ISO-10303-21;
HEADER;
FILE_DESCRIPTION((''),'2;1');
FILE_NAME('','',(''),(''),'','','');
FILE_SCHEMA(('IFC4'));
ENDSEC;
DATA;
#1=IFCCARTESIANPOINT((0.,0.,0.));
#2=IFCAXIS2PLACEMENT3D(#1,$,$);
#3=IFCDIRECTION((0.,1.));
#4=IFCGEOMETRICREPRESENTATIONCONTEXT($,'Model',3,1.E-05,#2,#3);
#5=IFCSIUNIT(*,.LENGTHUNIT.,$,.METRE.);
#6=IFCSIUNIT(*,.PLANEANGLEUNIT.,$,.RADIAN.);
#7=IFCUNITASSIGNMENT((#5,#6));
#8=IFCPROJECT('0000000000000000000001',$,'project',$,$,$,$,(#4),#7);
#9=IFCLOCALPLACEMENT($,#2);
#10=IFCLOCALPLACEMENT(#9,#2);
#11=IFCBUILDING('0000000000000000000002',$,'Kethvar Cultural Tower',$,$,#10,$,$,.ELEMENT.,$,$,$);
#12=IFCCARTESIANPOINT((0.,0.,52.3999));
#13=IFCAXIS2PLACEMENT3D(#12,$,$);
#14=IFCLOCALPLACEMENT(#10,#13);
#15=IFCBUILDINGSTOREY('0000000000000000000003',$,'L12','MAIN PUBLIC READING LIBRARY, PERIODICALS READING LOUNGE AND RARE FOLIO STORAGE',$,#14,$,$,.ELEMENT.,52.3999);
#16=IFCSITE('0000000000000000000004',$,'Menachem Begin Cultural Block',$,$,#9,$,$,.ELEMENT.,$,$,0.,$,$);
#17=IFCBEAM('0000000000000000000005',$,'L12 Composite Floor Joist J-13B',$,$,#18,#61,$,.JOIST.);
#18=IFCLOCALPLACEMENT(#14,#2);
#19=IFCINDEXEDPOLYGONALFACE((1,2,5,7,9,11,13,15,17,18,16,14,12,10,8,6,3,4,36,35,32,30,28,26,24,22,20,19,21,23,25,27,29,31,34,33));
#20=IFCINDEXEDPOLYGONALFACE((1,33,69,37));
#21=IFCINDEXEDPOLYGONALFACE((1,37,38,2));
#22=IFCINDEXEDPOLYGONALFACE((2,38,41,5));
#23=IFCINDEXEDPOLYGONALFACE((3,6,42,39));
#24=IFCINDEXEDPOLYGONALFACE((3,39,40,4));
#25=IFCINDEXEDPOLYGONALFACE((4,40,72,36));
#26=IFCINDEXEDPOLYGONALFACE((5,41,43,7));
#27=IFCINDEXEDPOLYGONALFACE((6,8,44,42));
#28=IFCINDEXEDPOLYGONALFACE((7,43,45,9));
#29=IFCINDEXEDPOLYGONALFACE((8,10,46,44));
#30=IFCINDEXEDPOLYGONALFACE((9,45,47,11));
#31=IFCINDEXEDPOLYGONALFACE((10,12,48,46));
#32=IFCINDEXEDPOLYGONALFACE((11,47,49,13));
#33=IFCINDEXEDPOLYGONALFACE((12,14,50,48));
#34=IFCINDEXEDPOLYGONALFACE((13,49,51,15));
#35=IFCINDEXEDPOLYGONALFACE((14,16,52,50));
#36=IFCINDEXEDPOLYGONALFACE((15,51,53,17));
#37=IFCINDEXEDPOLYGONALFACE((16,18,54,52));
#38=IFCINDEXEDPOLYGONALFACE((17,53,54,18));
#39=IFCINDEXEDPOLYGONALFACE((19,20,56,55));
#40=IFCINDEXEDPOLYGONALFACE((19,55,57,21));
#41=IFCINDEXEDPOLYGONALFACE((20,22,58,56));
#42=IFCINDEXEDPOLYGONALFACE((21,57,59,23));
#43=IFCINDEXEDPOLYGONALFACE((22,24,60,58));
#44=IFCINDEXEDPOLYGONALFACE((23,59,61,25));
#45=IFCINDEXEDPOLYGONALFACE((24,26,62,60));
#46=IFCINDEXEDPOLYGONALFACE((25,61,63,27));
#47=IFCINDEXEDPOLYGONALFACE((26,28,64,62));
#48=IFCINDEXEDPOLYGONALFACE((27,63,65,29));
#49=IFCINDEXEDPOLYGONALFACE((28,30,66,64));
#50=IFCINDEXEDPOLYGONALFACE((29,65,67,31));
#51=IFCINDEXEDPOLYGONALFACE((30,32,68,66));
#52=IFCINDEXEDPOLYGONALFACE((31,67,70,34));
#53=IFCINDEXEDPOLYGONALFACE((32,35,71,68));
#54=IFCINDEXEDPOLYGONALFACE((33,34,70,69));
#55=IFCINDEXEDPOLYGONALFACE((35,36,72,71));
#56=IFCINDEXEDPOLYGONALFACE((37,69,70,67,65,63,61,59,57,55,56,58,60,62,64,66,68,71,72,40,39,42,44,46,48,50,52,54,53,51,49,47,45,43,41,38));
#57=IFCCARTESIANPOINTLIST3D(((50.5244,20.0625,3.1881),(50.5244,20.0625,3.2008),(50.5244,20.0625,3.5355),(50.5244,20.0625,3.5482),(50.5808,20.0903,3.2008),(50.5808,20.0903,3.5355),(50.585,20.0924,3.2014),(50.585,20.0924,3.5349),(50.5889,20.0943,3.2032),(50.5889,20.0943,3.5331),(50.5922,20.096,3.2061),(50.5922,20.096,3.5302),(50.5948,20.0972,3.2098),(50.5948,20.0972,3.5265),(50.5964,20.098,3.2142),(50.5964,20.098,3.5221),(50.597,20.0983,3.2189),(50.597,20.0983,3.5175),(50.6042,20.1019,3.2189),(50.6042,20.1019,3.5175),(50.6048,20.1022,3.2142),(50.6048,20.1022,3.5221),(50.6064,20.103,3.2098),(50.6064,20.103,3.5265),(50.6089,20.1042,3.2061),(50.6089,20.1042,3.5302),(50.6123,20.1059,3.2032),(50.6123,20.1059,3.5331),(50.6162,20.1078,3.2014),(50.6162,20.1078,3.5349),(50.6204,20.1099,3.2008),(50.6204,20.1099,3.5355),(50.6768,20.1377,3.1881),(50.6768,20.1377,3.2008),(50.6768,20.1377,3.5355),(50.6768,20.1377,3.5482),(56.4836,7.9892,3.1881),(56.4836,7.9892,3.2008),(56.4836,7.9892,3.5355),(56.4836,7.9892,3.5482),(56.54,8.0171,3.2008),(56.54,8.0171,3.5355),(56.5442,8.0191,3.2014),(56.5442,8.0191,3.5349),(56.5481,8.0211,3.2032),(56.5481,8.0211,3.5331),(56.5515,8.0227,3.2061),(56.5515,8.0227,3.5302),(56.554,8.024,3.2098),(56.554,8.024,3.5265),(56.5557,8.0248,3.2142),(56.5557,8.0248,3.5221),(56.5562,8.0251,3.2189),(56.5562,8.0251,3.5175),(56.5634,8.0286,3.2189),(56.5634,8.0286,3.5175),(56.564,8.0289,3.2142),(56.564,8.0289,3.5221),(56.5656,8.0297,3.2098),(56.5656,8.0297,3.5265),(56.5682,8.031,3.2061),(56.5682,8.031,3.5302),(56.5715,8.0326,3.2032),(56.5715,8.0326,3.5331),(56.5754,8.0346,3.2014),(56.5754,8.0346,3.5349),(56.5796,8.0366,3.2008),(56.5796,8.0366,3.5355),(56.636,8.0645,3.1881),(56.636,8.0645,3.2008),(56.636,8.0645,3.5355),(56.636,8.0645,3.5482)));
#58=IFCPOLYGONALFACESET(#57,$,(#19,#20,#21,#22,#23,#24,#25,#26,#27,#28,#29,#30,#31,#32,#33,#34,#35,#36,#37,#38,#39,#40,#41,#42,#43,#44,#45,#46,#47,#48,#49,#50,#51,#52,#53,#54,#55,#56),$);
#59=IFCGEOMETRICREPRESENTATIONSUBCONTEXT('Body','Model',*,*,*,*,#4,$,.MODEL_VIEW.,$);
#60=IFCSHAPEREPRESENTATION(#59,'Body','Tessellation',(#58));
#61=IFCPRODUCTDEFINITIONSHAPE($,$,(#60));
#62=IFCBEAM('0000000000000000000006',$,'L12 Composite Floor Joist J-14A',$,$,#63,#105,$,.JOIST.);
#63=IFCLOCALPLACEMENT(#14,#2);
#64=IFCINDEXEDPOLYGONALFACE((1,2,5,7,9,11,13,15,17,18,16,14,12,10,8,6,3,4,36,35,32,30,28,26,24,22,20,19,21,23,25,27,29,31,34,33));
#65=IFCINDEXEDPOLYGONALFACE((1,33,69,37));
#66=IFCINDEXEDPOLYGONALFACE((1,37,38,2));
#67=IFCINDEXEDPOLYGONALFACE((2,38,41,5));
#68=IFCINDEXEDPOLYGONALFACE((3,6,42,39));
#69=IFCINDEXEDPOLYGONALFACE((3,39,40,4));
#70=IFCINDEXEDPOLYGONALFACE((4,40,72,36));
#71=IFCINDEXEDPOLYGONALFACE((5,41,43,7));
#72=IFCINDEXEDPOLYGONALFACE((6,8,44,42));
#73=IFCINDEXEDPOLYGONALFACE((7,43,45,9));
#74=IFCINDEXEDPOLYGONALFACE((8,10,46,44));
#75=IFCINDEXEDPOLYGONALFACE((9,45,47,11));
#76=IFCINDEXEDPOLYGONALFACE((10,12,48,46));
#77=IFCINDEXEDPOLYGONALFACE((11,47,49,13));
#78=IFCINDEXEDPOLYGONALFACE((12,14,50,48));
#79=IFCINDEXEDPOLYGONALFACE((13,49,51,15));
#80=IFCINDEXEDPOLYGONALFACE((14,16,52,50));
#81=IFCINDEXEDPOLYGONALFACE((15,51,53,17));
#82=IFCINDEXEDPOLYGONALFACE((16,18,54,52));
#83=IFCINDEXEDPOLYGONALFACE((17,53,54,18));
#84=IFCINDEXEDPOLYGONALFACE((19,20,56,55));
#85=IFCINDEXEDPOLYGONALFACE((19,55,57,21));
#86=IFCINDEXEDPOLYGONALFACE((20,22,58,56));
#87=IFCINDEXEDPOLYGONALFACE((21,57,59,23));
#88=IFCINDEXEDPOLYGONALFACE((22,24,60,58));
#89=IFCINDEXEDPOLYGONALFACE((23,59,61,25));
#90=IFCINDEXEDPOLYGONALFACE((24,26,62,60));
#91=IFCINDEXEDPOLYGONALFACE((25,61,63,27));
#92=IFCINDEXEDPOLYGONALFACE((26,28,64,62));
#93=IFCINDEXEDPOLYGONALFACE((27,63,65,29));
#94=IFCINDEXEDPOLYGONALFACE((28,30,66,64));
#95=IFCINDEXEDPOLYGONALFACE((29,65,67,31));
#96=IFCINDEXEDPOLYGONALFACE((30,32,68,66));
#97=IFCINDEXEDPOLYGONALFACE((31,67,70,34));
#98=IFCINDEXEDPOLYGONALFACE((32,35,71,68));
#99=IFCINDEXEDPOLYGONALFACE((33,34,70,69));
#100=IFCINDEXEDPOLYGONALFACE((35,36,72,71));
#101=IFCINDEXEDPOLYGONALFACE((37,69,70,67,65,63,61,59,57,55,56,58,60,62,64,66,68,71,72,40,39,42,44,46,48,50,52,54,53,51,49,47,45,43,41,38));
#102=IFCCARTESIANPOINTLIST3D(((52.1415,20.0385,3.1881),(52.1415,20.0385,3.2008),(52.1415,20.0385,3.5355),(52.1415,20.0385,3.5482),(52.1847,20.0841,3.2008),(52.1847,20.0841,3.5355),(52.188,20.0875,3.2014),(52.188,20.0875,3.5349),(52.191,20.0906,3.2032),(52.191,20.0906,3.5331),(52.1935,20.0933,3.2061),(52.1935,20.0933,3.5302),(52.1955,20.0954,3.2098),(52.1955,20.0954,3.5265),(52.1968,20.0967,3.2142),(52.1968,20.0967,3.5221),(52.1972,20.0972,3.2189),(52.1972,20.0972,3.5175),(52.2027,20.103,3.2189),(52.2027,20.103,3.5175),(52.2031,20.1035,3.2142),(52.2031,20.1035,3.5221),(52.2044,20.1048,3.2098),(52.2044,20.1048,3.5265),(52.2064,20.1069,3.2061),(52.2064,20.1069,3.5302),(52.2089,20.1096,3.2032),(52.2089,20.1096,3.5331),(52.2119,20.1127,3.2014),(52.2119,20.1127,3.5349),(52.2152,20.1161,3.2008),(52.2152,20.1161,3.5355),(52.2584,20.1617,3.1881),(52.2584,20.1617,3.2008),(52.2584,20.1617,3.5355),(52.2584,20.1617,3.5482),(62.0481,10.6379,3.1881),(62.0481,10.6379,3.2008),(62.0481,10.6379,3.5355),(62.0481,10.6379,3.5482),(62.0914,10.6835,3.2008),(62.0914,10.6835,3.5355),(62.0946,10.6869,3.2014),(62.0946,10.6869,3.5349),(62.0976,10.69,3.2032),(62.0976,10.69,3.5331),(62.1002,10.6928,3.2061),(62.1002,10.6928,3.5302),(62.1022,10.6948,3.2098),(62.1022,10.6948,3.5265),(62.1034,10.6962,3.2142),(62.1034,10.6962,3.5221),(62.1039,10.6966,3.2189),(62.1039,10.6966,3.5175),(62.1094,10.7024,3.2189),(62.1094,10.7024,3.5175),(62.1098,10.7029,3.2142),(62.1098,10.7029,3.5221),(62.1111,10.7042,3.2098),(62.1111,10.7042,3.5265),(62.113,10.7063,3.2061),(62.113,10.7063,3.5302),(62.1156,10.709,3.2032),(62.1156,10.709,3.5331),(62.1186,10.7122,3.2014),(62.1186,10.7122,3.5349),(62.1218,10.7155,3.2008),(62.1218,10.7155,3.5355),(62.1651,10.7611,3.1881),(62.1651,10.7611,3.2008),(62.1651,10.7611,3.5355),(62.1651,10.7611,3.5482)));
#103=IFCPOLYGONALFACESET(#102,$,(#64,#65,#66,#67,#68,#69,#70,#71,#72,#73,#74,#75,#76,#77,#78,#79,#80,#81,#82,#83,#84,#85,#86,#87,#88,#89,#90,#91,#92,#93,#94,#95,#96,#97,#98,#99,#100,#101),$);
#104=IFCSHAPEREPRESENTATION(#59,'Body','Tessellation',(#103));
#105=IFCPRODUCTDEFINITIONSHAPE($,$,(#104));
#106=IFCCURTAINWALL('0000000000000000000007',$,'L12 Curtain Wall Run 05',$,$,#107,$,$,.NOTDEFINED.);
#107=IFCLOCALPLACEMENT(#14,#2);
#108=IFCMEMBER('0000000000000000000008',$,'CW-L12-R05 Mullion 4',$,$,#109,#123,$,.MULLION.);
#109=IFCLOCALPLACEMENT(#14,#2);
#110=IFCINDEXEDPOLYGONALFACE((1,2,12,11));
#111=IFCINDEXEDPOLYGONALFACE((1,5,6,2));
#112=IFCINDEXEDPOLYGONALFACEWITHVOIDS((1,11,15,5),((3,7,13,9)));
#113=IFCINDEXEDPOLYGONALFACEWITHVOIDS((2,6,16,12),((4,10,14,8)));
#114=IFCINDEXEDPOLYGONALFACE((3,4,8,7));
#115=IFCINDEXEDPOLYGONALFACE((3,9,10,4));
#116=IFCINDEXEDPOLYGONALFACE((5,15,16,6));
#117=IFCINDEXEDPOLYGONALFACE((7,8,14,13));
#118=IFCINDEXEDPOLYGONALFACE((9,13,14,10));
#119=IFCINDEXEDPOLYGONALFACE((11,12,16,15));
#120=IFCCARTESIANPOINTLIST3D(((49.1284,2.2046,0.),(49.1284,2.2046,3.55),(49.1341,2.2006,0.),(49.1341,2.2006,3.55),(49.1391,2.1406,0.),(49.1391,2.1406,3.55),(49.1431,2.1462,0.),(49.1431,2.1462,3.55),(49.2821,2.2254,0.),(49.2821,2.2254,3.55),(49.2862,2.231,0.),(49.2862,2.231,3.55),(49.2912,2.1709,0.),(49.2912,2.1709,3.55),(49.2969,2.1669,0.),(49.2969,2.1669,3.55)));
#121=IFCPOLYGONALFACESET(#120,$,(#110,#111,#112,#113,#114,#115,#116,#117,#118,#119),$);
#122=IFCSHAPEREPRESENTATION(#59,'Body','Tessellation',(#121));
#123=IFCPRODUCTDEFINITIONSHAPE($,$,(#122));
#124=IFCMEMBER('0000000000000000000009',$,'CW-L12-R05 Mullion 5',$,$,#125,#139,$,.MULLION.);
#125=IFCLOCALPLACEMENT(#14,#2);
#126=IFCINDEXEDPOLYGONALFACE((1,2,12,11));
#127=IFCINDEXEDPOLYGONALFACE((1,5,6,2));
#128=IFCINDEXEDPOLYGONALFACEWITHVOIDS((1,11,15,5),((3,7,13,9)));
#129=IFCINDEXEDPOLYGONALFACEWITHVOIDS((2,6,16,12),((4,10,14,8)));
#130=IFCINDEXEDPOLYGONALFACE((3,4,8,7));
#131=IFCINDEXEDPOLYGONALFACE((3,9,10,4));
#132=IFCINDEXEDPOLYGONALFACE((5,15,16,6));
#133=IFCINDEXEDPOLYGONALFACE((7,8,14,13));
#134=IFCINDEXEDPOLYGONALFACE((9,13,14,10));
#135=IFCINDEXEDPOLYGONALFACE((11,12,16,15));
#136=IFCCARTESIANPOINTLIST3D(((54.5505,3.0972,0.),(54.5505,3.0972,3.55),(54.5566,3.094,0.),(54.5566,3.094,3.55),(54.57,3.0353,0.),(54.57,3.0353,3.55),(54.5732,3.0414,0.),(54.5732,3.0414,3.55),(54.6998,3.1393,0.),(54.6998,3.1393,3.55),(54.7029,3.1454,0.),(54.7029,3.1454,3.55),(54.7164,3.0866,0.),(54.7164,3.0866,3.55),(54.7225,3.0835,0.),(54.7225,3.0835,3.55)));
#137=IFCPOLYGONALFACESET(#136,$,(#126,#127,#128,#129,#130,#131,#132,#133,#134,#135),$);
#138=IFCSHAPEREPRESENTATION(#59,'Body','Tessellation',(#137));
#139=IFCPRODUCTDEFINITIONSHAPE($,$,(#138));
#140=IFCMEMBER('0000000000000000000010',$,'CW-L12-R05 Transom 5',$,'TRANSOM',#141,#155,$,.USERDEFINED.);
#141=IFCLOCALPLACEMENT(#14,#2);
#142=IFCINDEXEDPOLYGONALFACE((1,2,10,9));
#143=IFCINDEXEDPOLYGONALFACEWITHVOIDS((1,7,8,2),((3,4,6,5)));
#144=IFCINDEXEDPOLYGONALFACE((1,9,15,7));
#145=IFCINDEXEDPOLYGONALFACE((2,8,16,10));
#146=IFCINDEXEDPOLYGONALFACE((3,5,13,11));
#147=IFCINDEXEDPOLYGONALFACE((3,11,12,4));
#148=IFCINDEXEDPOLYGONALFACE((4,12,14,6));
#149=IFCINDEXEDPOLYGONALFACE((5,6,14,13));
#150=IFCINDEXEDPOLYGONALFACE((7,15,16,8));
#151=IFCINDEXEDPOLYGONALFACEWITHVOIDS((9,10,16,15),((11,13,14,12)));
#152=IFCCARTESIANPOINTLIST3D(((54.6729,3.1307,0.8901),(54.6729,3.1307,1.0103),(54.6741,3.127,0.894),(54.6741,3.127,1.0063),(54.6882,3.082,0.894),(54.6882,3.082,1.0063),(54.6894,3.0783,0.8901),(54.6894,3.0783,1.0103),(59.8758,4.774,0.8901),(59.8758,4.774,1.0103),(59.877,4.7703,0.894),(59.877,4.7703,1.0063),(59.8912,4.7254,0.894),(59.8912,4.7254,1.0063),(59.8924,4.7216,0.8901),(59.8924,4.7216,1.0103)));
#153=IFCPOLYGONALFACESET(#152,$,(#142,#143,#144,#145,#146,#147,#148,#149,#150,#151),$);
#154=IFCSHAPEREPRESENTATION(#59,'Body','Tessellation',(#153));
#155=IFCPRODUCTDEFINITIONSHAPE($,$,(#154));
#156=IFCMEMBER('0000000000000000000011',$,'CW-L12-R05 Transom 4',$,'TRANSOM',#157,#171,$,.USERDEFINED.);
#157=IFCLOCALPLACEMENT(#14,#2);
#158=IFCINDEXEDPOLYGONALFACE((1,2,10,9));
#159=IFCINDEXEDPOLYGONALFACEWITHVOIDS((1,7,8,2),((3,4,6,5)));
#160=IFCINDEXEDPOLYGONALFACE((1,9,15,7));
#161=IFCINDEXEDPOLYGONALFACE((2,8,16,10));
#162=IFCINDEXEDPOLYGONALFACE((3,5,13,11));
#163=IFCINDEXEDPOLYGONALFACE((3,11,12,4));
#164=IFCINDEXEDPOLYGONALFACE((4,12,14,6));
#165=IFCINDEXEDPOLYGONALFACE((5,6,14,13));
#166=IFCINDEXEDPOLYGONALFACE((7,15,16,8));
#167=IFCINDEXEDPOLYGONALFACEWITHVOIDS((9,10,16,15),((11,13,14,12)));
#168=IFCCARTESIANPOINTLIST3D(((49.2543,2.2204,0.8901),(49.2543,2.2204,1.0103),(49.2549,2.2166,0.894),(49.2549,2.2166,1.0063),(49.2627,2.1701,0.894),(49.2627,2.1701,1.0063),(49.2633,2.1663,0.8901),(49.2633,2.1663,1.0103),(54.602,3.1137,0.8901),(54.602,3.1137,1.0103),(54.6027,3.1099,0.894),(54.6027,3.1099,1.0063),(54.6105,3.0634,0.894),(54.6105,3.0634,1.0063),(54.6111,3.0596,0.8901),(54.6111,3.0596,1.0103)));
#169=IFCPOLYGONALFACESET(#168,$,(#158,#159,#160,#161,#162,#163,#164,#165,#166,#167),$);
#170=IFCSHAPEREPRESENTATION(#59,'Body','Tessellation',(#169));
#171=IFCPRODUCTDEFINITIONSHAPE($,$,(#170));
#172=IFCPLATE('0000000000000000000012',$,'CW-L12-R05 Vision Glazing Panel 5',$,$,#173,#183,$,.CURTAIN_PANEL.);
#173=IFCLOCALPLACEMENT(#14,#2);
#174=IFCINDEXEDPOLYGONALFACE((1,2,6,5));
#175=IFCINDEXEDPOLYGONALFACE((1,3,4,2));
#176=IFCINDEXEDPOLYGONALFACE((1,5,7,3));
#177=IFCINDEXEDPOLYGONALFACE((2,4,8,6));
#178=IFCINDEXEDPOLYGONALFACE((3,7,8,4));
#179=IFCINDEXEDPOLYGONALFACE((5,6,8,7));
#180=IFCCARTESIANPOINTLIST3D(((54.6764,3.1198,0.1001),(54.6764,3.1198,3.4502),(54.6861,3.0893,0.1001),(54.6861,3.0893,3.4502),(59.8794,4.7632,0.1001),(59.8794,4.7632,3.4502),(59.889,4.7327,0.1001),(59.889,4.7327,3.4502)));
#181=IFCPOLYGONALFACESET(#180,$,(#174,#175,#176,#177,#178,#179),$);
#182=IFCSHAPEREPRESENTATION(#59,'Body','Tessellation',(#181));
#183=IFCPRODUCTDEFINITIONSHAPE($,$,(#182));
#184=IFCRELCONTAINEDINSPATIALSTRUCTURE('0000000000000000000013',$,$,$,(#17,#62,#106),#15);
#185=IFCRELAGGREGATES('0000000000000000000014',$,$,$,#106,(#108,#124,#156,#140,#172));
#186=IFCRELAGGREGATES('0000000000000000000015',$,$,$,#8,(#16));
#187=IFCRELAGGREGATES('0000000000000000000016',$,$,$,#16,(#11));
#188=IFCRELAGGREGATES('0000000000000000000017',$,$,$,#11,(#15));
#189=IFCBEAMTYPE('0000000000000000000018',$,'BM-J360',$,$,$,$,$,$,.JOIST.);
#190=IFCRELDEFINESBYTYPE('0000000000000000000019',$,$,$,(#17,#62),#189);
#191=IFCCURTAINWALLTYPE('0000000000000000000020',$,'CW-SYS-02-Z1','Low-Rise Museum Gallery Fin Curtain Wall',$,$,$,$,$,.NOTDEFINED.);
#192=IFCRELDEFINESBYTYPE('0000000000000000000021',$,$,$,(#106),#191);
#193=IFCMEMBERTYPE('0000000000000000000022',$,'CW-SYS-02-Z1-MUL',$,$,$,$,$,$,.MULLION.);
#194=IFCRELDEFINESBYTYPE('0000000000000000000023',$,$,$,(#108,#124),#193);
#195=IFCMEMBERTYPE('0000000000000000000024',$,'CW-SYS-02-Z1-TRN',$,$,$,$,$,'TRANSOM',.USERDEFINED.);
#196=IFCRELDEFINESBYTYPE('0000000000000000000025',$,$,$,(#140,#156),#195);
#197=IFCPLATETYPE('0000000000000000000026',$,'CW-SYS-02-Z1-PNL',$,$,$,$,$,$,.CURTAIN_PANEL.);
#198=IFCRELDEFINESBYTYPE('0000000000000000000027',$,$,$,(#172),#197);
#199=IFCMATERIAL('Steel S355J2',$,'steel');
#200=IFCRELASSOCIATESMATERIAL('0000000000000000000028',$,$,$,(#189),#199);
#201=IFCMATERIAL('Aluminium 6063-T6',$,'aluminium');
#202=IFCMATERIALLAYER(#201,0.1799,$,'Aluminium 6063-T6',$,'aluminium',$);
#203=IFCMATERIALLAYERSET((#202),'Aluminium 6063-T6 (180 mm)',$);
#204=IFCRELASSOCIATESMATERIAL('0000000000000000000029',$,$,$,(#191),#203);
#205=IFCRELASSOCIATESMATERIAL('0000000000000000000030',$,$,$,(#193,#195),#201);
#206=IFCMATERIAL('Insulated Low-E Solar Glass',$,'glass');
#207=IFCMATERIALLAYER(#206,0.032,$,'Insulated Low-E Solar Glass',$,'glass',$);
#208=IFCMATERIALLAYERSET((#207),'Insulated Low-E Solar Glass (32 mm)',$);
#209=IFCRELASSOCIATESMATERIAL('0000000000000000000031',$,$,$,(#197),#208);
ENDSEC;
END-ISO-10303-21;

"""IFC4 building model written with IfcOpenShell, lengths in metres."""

from ifc_helpers import new_model, si_unit, direction, frame, origin, origin_2d, place, context, subcontext, project, spatial, rectangle, hollow_rectangle, i_section, extrude, source, transform, mapped, material, layer, layer_set, material_profile, profile_set, type_object, element, aggregate, save


model = new_model("IFC4")

# Units and contexts
model_context = context("Model", 3, precision=1e-05, world=origin(), true_north=direction((0.0, 1.0)))
body_context = subcontext(model_context, "Body", "Model", "MODEL_VIEW")
ifc_project = project(units=[si_unit("LENGTHUNIT", "METRE"), si_unit("PLANEANGLEUNIT", "RADIAN")], contexts=[model_context])

# Site, building, storey
site_placement = place(None, origin())
site = spatial("IfcSite", under=ifc_project, at=site_placement, Name="Menachem Begin Cultural Block", CompositionType="ELEMENT", RefElevation=0.0)
building_placement = place(site_placement, origin())
building = spatial("IfcBuilding", under=site, at=building_placement, Name="Kethvar Cultural Tower", CompositionType="ELEMENT")
storey_placement = place(building_placement, frame((0.0, 0.0, 52.3999)))
storey = spatial("IfcBuildingStorey", under=building, at=storey_placement, Name="L12", Description="MAIN PUBLIC READING LIBRARY, PERIODICALS READING LOUNGE AND RARE FOLIO STORAGE", CompositionType="ELEMENT", Elevation=52.3999)

# Beams
ifc_material_1 = material(Name="Steel S355J2", Category="steel")
ifc_material_profile_1 = material_profile(ifc_material_1, i_section(OverallWidth=0.1699, OverallDepth=0.3601, WebThickness=0.0081, FlangeThickness=0.0127, FilletRadius=0.0181, at=origin_2d()), Name="Steel S355J2 — IPE360")
ifc_profile_set_1 = profile_set([ifc_material_profile_1], Name="Steel S355J2 — IPE360")
beam_type_1 = type_object("IfcBeamType", Name="BM-J360", PredefinedType="JOIST", material=ifc_profile_set_1)
shared_shape_1 = source(origin(), body_context, "Body", "SweptSolid", [
    extrude(i_section(OverallWidth=0.1699, OverallDepth=0.3601, WebThickness=0.0081, FlangeThickness=0.0127, FilletRadius=0.0181, at=origin_2d()), origin(), (0.0, 0.0, 1.0), 13.4639),
])
beam_1_placement = place(storey_placement, frame((50.6006, 20.1001, 3.3682), z_axis=(0.442609, -0.896715, 0.0), x_axis=(0.896715, 0.442609, 0.0)))
element("IfcBeam", 1, at=beam_1_placement, inside=storey, type_object=beam_type_1, Name="L12 Composite Floor Joist J-13B", PredefinedType="JOIST", context=body_context, shape_type="MappedRepresentation", body=[
    mapped(shared_shape_1, transform((0.0, 0.0, 0.0), scale=1.0)),
])
shared_shape_2 = source(origin(), body_context, "Body", "SweptSolid", [
    extrude(i_section(OverallWidth=0.1699, OverallDepth=0.3601, WebThickness=0.0081, FlangeThickness=0.0127, FilletRadius=0.0181, at=origin_2d()), origin(), (0.0, 0.0, 1.0), 13.657),
])
beam_2_placement = place(storey_placement, frame((52.2, 20.1001, 3.3682), z_axis=(0.725393, -0.688335, 0.0), x_axis=(0.688335, 0.725393, 0.0)))
element("IfcBeam", 2, at=beam_2_placement, inside=storey, type_object=beam_type_1, Name="L12 Composite Floor Joist J-14A", PredefinedType="JOIST", context=body_context, shape_type="MappedRepresentation", body=[
    mapped(shared_shape_2, transform((0.0, 0.0, 0.0), scale=1.0)),
])

# Curtain wall, members, plate
ifc_material_2 = material(Name="Aluminium 6063-T6", Category="aluminium")
ifc_layer_1 = layer(ifc_material_2, 0.1799, Name="Aluminium 6063-T6", Category="aluminium")
ifc_layer_set_1 = layer_set([ifc_layer_1], Name="Aluminium 6063-T6 (180 mm)")
curtain_wall_type = type_object("IfcCurtainWallType", Name="CW-SYS-02-Z1", Description="Low-Rise Museum Gallery Fin Curtain Wall", PredefinedType="NOTDEFINED", material=ifc_layer_set_1)
curtain_wall_placement = place(storey_placement, origin())
curtain_wall = element("IfcCurtainWall", 3, at=curtain_wall_placement, inside=storey, type_object=curtain_wall_type, Name="L12 Curtain Wall Run 05", PredefinedType="NOTDEFINED")
ifc_material_profile_2 = material_profile(ifc_material_2, hollow_rectangle(XDim=0.0649, YDim=0.1599, WallThickness=0.0049, at=origin_2d()), Name="Aluminium 6063-T6 — RHS160x65x5")
ifc_profile_set_2 = profile_set([ifc_material_profile_2], Name="Aluminium 6063-T6 — RHS160x65x5")
member_type_1 = type_object("IfcMemberType", Name="CW-SYS-02-Z1-MUL", PredefinedType="MULLION", material=ifc_profile_set_2)
shared_shape_3 = source(origin(), body_context, "Body", "SweptSolid", [
    extrude(hollow_rectangle(XDim=0.0649, YDim=0.1599, WallThickness=0.0049, at=origin_2d()), origin(), (0.0, 0.0, 1.0), 3.55),
])
member_1_placement = place(storey_placement, frame((49.2126, 2.1858, 0.0), z_axis=(0.0, 0.0, 1.0), x_axis=(-0.164755, 0.986335, 0.0)))
member_1 = element("IfcMember", 4, at=member_1_placement, type_object=member_type_1, Name="CW-L12-R05 Mullion 4", PredefinedType="MULLION", context=body_context, shape_type="MappedRepresentation", body=[
    mapped(shared_shape_3, transform((0.0, 0.0, 0.0), scale=1.0)),
])
member_2_placement = place(storey_placement, frame((54.6365, 3.0903, 0.0), z_axis=(0.0, 0.0, 1.0), x_axis=(-0.301188, 0.953565, 0.0)))
member_2 = element("IfcMember", 5, at=member_2_placement, type_object=member_type_1, Name="CW-L12-R05 Mullion 5", PredefinedType="MULLION", context=body_context, shape_type="MappedRepresentation", body=[
    mapped(shared_shape_3, transform((0.0, 0.0, 0.0), scale=1.0)),
])
ifc_material_profile_3 = material_profile(ifc_material_2, hollow_rectangle(XDim=0.0549, YDim=0.1201, WallThickness=0.0039, at=origin_2d()), Name="Aluminium 6063-T6 — RHS120x55x4")
ifc_profile_set_3 = profile_set([ifc_material_profile_3], Name="Aluminium 6063-T6 — RHS120x55x4")
member_type_2 = type_object("IfcMemberType", Name="CW-SYS-02-Z1-TRN", ElementType="TRANSOM", PredefinedType="USERDEFINED", material=ifc_profile_set_3)
shared_shape_4 = source(origin(), body_context, "Body", "SweptSolid", [
    extrude(hollow_rectangle(XDim=0.0549, YDim=0.1201, WallThickness=0.0039, at=origin_2d()), origin(), (0.0, 0.0, 1.0), 5.4563),
])
member_3_placement = place(storey_placement, frame((54.6812, 3.1045, 0.9502), z_axis=(0.953567, 0.301181, 0.0), x_axis=(-0.301181, 0.953567, 0.0)))
member_3 = element("IfcMember", 6, at=member_3_placement, type_object=member_type_2, Name="CW-L12-R05 Transom 5", ObjectType="TRANSOM", PredefinedType="USERDEFINED", context=body_context, shape_type="MappedRepresentation", body=[
    mapped(shared_shape_4, transform((0.0, 0.0, 0.0), scale=1.0)),
])
shared_shape_5 = source(origin(), body_context, "Body", "SweptSolid", [
    extrude(hollow_rectangle(XDim=0.0549, YDim=0.1201, WallThickness=0.0039, at=origin_2d()), origin(), (0.0, 0.0, 1.0), 5.4219),
])
member_4_placement = place(storey_placement, frame((49.2588, 2.1934, 0.9502), z_axis=(0.986334, 0.164757, 0.0), x_axis=(-0.164757, 0.986334, 0.0)))
member_4 = element("IfcMember", 7, at=member_4_placement, type_object=member_type_2, Name="CW-L12-R05 Transom 4", ObjectType="TRANSOM", PredefinedType="USERDEFINED", context=body_context, shape_type="MappedRepresentation", body=[
    mapped(shared_shape_5, transform((0.0, 0.0, 0.0), scale=1.0)),
])
ifc_material_3 = material(Name="Insulated Low-E Solar Glass", Category="glass")
ifc_layer_2 = layer(ifc_material_3, 0.032, Name="Insulated Low-E Solar Glass", Category="glass")
ifc_layer_set_2 = layer_set([ifc_layer_2], Name="Insulated Low-E Solar Glass (32 mm)")
plate_type = type_object("IfcPlateType", Name="CW-SYS-02-Z1-PNL", PredefinedType="CURTAIN_PANEL", material=ifc_layer_set_2)
shared_shape_6 = source(origin(), body_context, "Body", "SweptSolid", [
    extrude(rectangle(XDim=5.4563, YDim=0.032, at=origin_2d()), origin(), (0.0, 0.0, 1.0), 3.3501),
])
plate_1_placement = place(storey_placement, frame((57.2827, 3.9263, 0.1001), z_axis=(0.0, 0.0, 1.0), x_axis=(0.953565, 0.301188, 0.0)))
plate_1 = element("IfcPlate", 8, at=plate_1_placement, type_object=plate_type, Name="CW-L12-R05 Vision Glazing Panel 5", PredefinedType="CURTAIN_PANEL", context=body_context, shape_type="MappedRepresentation", body=[
    mapped(shared_shape_6, transform((0.0, 0.0, 0.0), scale=1.0)),
])
aggregate(curtain_wall, [member_1, member_2, member_4, member_3, plate_1])

save(model, "model.ifc")
